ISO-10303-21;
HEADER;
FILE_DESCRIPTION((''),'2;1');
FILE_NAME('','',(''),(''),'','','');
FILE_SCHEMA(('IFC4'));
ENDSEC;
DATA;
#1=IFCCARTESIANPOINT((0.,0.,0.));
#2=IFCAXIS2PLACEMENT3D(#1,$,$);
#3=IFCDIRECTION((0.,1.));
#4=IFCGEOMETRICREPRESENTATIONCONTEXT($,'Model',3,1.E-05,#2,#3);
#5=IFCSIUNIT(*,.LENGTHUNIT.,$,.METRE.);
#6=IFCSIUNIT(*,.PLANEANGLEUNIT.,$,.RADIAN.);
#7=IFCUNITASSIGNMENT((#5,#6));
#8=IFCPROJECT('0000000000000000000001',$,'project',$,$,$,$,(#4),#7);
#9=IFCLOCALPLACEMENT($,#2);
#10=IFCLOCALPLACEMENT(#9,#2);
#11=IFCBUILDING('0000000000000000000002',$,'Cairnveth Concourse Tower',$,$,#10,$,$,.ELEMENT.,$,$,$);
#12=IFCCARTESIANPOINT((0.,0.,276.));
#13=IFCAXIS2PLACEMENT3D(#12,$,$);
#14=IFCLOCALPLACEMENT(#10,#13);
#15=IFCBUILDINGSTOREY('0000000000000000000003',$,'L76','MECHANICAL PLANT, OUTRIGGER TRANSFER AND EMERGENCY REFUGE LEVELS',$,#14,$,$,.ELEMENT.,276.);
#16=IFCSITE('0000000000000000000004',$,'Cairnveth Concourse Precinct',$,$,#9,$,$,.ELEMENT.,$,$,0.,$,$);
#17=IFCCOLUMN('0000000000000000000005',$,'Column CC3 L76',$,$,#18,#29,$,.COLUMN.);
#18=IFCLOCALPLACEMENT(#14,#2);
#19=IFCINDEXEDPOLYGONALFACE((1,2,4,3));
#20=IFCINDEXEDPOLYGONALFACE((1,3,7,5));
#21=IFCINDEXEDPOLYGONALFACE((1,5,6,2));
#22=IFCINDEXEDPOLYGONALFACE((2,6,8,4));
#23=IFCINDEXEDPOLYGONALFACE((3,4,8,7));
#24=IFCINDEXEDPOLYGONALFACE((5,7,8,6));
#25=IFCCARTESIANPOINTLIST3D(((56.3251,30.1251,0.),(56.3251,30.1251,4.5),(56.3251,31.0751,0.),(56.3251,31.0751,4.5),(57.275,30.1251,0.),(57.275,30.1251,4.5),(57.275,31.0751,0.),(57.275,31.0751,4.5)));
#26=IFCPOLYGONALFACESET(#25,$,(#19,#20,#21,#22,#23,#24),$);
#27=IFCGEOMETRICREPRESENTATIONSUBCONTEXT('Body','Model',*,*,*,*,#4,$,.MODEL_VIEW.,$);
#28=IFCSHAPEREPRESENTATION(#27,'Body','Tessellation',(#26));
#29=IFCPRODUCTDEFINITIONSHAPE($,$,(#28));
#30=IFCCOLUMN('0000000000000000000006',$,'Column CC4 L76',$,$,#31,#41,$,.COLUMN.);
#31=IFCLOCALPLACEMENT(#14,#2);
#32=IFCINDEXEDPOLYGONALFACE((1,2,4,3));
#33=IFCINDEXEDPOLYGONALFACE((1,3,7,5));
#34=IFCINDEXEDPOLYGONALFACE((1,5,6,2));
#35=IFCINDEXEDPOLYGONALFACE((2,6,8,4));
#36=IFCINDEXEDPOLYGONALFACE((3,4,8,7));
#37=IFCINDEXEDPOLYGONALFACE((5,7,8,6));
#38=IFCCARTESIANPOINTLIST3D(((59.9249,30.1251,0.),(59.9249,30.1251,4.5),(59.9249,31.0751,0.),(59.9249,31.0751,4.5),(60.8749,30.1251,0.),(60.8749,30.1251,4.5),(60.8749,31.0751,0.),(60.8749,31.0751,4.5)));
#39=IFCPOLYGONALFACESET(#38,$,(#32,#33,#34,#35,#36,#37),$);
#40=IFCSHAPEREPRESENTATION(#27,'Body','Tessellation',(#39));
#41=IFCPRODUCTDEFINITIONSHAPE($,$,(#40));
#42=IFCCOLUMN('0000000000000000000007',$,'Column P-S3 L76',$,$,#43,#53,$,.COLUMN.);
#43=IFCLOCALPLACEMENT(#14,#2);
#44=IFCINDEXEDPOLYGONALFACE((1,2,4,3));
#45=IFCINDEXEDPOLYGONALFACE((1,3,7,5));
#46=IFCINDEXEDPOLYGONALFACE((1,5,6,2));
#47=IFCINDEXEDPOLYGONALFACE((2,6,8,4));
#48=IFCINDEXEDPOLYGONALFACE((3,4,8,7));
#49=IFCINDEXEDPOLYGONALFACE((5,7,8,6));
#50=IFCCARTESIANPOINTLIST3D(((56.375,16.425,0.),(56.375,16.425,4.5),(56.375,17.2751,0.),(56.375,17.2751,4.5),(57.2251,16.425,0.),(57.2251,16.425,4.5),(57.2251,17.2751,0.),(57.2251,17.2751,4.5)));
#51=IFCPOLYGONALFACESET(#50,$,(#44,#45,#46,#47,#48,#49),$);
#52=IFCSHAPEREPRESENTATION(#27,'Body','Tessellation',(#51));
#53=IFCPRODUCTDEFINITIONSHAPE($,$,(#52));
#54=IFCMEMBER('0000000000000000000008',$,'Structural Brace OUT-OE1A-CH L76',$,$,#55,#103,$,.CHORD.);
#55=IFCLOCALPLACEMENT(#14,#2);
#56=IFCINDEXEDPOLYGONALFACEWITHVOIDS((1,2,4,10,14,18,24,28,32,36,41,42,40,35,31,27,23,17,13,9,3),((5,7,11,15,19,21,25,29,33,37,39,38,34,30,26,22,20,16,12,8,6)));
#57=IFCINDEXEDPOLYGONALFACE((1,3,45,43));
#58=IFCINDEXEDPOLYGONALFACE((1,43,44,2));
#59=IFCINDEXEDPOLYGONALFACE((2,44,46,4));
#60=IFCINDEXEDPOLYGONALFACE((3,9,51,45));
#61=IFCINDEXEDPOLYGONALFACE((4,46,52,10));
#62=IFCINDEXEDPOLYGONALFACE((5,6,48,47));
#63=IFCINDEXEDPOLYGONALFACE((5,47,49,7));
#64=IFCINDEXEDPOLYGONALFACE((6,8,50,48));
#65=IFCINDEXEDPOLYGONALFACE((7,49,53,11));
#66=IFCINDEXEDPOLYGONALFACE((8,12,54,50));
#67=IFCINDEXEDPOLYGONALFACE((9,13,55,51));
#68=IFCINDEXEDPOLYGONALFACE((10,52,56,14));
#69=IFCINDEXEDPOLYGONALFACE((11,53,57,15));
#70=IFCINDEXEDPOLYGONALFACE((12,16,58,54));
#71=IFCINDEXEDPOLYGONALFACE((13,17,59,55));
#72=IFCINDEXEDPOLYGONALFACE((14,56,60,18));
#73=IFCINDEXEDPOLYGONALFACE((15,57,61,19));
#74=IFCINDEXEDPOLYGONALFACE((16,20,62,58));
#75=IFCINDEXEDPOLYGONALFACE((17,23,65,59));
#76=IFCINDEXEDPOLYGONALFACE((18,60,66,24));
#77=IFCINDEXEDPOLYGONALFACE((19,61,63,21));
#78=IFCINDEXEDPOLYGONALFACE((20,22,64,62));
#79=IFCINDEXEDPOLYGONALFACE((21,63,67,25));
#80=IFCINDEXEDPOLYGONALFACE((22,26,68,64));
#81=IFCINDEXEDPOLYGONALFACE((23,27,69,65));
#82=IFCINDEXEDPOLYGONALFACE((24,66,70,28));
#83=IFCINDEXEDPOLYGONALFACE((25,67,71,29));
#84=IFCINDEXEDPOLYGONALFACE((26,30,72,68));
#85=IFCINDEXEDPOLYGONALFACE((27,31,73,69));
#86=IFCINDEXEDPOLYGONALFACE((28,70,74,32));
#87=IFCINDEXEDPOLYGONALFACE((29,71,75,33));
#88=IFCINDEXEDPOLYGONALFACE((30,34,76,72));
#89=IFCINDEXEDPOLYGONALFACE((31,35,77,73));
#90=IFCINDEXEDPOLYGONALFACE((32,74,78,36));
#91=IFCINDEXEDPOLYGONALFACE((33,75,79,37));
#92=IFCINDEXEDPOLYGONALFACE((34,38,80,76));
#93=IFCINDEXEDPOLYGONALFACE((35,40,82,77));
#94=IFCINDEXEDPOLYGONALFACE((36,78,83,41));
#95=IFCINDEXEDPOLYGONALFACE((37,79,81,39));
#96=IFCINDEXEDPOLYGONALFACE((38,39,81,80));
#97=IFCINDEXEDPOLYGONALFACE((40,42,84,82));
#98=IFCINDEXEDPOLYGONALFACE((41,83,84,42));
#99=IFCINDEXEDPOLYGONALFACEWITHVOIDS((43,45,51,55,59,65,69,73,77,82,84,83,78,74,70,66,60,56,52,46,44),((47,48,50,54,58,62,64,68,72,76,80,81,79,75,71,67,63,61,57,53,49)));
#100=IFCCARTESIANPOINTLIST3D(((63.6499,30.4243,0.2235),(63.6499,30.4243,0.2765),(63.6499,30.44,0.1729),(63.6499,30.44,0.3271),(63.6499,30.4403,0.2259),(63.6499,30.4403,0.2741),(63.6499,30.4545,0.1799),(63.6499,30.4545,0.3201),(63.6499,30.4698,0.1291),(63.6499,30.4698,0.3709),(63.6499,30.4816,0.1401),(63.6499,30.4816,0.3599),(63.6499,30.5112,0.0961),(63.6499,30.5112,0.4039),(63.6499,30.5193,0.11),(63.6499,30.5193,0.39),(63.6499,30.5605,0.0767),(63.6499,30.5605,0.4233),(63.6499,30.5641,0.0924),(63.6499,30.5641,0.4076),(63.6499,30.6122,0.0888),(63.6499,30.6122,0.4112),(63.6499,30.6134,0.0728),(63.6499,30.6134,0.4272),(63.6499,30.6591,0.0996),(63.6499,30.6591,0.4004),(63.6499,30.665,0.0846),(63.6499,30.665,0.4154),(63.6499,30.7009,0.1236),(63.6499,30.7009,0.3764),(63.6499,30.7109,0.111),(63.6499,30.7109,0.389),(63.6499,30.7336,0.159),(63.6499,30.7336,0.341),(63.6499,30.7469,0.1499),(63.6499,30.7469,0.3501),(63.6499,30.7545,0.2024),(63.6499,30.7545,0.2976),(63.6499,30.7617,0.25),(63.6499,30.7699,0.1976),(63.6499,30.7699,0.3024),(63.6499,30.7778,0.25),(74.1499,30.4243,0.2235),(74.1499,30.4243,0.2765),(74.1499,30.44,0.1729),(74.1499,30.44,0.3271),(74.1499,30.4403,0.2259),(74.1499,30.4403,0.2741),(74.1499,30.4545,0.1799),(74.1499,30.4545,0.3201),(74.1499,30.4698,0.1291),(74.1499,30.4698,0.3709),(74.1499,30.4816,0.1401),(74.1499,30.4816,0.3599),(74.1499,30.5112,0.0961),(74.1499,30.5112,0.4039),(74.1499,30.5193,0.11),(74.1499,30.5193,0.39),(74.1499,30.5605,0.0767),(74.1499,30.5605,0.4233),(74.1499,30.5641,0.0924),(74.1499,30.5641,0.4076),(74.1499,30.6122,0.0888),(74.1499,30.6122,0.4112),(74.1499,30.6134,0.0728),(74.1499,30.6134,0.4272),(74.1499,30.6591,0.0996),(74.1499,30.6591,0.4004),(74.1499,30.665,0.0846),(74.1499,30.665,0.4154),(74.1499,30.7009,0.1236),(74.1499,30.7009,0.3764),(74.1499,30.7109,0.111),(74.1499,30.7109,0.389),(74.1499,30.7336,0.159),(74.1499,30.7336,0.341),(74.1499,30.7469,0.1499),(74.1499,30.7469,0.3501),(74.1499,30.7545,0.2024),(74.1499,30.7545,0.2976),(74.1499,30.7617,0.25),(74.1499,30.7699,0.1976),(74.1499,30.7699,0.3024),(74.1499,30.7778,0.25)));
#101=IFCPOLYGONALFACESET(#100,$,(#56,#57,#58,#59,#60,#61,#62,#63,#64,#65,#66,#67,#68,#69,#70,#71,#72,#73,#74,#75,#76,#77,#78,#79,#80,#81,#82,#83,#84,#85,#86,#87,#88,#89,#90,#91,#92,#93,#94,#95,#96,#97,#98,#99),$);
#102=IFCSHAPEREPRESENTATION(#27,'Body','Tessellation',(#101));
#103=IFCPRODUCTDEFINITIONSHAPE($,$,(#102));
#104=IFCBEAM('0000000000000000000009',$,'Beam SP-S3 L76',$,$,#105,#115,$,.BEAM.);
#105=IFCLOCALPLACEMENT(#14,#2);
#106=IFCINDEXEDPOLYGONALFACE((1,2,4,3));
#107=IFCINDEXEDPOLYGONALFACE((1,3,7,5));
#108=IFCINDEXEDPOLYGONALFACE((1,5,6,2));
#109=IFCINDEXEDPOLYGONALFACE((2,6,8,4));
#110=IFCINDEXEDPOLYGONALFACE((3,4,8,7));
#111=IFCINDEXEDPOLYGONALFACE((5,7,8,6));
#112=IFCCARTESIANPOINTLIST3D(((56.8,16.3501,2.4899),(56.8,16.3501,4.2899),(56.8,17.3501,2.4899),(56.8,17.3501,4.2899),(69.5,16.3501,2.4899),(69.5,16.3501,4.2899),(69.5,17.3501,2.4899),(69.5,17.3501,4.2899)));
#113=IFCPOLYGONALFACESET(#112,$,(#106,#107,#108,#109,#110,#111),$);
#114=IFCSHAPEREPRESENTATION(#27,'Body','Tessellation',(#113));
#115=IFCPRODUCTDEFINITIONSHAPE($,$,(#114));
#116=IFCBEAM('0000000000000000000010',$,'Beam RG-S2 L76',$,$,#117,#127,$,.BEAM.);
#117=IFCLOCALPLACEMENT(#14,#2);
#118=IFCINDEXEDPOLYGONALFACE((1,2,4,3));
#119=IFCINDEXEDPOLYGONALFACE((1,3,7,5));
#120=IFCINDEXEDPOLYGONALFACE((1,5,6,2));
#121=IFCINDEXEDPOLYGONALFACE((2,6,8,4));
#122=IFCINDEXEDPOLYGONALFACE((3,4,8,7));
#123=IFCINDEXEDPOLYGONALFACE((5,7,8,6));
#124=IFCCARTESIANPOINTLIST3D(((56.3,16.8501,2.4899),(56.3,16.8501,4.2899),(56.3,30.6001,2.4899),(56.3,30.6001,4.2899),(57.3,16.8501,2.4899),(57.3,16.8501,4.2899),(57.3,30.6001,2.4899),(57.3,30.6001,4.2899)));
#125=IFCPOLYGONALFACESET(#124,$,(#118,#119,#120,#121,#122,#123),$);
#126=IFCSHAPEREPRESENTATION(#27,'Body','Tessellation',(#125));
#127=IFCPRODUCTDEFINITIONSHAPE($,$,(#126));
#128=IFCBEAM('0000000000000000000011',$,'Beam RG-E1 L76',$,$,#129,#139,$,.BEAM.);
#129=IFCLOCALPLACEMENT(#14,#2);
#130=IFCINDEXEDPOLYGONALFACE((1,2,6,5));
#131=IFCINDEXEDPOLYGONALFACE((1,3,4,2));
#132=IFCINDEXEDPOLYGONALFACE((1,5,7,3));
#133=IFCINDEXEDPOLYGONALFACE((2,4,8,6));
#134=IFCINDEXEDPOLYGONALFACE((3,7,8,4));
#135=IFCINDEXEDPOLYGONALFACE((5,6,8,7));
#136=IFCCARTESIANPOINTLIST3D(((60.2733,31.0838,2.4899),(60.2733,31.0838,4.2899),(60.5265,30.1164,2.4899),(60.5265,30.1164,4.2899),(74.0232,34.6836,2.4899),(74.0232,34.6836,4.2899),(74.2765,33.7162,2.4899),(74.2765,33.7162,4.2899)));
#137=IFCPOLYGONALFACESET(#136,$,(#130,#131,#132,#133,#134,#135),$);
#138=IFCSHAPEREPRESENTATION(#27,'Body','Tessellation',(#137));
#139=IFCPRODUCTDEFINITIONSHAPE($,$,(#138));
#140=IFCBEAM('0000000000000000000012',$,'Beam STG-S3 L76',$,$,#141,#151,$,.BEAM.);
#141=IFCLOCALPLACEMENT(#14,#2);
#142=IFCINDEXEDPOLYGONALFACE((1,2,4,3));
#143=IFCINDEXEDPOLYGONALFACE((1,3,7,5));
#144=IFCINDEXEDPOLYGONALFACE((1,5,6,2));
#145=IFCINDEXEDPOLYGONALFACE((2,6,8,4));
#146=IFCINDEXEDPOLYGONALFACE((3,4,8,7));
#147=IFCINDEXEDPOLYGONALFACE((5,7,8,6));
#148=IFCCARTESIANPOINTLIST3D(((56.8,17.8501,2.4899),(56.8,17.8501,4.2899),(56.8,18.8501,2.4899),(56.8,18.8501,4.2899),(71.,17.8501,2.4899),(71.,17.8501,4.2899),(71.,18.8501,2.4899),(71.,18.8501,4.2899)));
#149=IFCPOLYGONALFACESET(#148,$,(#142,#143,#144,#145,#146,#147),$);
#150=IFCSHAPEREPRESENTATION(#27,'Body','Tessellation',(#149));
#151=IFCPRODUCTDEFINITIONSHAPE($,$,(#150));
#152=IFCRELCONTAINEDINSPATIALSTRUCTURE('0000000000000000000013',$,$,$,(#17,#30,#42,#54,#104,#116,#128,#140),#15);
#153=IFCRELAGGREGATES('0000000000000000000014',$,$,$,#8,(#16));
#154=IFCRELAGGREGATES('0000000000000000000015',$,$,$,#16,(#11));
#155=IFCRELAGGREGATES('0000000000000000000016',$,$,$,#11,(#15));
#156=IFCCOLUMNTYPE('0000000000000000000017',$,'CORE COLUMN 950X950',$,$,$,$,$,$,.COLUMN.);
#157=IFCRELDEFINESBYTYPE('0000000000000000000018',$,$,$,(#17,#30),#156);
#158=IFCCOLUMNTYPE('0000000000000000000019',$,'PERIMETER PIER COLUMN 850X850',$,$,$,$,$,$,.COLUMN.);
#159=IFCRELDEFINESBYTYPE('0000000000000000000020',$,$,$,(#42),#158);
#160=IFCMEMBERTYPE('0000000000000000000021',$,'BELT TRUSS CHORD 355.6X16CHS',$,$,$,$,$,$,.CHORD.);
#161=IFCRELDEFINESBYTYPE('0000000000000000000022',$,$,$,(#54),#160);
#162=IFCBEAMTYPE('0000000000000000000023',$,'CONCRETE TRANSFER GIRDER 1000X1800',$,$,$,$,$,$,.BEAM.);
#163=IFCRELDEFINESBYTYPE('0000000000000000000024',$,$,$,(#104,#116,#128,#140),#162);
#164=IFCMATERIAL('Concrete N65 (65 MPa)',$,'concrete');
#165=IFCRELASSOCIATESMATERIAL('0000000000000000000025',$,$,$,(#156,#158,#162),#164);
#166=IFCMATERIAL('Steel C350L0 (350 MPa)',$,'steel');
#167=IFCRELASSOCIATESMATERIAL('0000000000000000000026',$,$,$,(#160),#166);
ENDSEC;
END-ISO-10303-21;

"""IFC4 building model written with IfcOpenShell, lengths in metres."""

from ifc_helpers import new_model, si_unit, direction, frame, origin, origin_2d, place, context, subcontext, project, spatial, rectangle, hollow_circle, extrude, material, material_profile, profile_set, type_object, element, save


model = new_model("IFC4")

# Units and contexts
model_context = context("Model", 3, precision=1e-05, world=origin(), true_north=direction((0.0, 1.0)))
body_context = subcontext(model_context, "Body", "Model", "MODEL_VIEW")
ifc_project = project(units=[si_unit("LENGTHUNIT", "METRE"), si_unit("PLANEANGLEUNIT", "RADIAN")], contexts=[model_context])

# Site, building, storey
site_placement = place(None, origin())
site = spatial("IfcSite", under=ifc_project, at=site_placement, Name="Cairnveth Concourse Precinct", CompositionType="ELEMENT", RefElevation=0.0)
building_placement = place(site_placement, origin())
building = spatial("IfcBuilding", under=site, at=building_placement, Name="Cairnveth Concourse Tower", CompositionType="ELEMENT")
storey_placement = place(building_placement, frame((0.0, 0.0, 276.0)))
storey = spatial("IfcBuildingStorey", under=building, at=storey_placement, Name="L76", Description="MECHANICAL PLANT, OUTRIGGER TRANSFER AND EMERGENCY REFUGE LEVELS", CompositionType="ELEMENT", Elevation=276.0)

# Columns
ifc_material_1 = material(Name="Concrete N65 (65 MPa)", Category="concrete")
ifc_material_profile_1 = material_profile(ifc_material_1, rectangle(XDim=0.95, YDim=0.95, at=origin_2d()), Name="RC-COL-950x950")
ifc_profile_set_1 = profile_set([ifc_material_profile_1], Name="Concrete N65 (65 MPa)")
column_type_1 = type_object("IfcColumnType", Name="CORE COLUMN 950X950", PredefinedType="COLUMN", material=ifc_profile_set_1)
for number, where, z_axis, x_axis, name in (
    (1, (56.8, 30.6001, 0.0), (0.0, 0.0, 1.0), (1.0, 0.0, 0.0), "Column CC3 L76"),
    (2, (60.3999, 30.6001, 0.0), (0.0, 0.0, 1.0), (1.0, 0.0, 0.0), "Column CC4 L76"),
):
    element("IfcColumn", number, at=place(storey_placement, frame(where, z_axis=z_axis, x_axis=x_axis)), inside=storey, type_object=column_type_1, Name=name, PredefinedType="COLUMN", context=body_context, shape_type="SweptSolid", body=[
        extrude(rectangle(XDim=0.95, YDim=0.95, at=origin_2d()), origin(), (0.0, 0.0, 1.0), 4.5),
    ])
ifc_material_profile_2 = material_profile(ifc_material_1, rectangle(XDim=0.8501, YDim=0.8501, at=origin_2d()), Name="RC-COL-850x850")
ifc_profile_set_2 = profile_set([ifc_material_profile_2], Name="Concrete N65 (65 MPa)")
column_type_2 = type_object("IfcColumnType", Name="PERIMETER PIER COLUMN 850X850", PredefinedType="COLUMN", material=ifc_profile_set_2)
column_placement = place(storey_placement, frame((56.8, 16.8501, 0.0), z_axis=(0.0, 0.0, 1.0), x_axis=(1.0, 0.0, 0.0)))
element("IfcColumn", 3, at=column_placement, inside=storey, type_object=column_type_2, Name="Column P-S3 L76", PredefinedType="COLUMN", context=body_context, shape_type="SweptSolid", body=[
    extrude(rectangle(XDim=0.8501, YDim=0.8501, at=origin_2d()), origin(), (0.0, 0.0, 1.0), 4.5),
])

# Member
ifc_material_2 = material(Name="Steel C350L0 (350 MPa)", Category="steel")
ifc_material_profile_3 = material_profile(ifc_material_2, hollow_circle(Radius=0.1777, WallThickness=0.0161, at=origin_2d()), Name="355.6x16.0CHS")
ifc_profile_set_3 = profile_set([ifc_material_profile_3], Name="Steel C350L0 (350 MPa)")
member_type_1 = type_object("IfcMemberType", Name="BELT TRUSS CHORD 355.6X16CHS", PredefinedType="CHORD", material=ifc_profile_set_3)
member_1_placement = place(storey_placement, frame((63.6499, 30.6001, 0.25), z_axis=(1.0, 0.0, 0.0), x_axis=(0.0, 1.0, 0.0)))
element("IfcMember", 4, at=member_1_placement, inside=storey, type_object=member_type_1, Name="Structural Brace OUT-OE1A-CH L76", PredefinedType="CHORD", context=body_context, shape_type="SweptSolid", body=[
    extrude(hollow_circle(Radius=0.1777, WallThickness=0.0161, at=origin_2d()), origin(), (0.0, 0.0, 1.0), 10.5),
])

# Beams
ifc_material_profile_4 = material_profile(ifc_material_1, rectangle(XDim=1.0, YDim=1.8, at=origin_2d()), Name="RC-TB-1000x1800")
ifc_profile_set_4 = profile_set([ifc_material_profile_4], Name="Concrete N65 (65 MPa)")
beam_type = type_object("IfcBeamType", Name="CONCRETE TRANSFER GIRDER 1000X1800", PredefinedType="BEAM", material=ifc_profile_set_4)
beam_1_placement = place(storey_placement, frame((56.8, 16.8501, 3.3899), z_axis=(1.0, 0.0, 0.0), x_axis=(0.0, 1.0, 0.0)))
element("IfcBeam", 5, at=beam_1_placement, inside=storey, type_object=beam_type, Name="Beam SP-S3 L76", PredefinedType="BEAM", context=body_context, shape_type="SweptSolid", body=[
    extrude(rectangle(XDim=1.0, YDim=1.8, at=origin_2d()), origin(), (0.0, 0.0, 1.0), 12.7),
])
beam_2_placement = place(storey_placement, frame((56.8, 16.8501, 3.3899), z_axis=(0.0, 1.0, 0.0), x_axis=(-1.0, 0.0, 0.0)))
element("IfcBeam", 6, at=beam_2_placement, inside=storey, type_object=beam_type, Name="Beam RG-S2 L76", PredefinedType="BEAM", context=body_context, shape_type="SweptSolid", body=[
    extrude(rectangle(XDim=1.0, YDim=1.8, at=origin_2d()), origin(), (0.0, 0.0, 1.0), 13.75),
])
beam_3_placement = place(storey_placement, frame((60.3999, 30.6001, 3.3899), z_axis=(0.967395, 0.253271, 0.0), x_axis=(-0.253271, 0.967395, 0.0)))
element("IfcBeam", 7, at=beam_3_placement, inside=storey, type_object=beam_type, Name="Beam RG-E1 L76", PredefinedType="BEAM", context=body_context, shape_type="SweptSolid", body=[
    extrude(rectangle(XDim=1.0, YDim=1.8, at=origin_2d()), origin(), (0.0, 0.0, 1.0), 14.2134),
])
beam_4_placement = place(storey_placement, frame((56.8, 18.3501, 3.3899), z_axis=(1.0, 0.0, 0.0), x_axis=(0.0, 1.0, 0.0)))
element("IfcBeam", 8, at=beam_4_placement, inside=storey, type_object=beam_type, Name="Beam STG-S3 L76", PredefinedType="BEAM", context=body_context, shape_type="SweptSolid", body=[
    extrude(rectangle(XDim=1.0, YDim=1.8, at=origin_2d()), origin(), (0.0, 0.0, 1.0), 14.2),
])

save(model, "model.ifc")
